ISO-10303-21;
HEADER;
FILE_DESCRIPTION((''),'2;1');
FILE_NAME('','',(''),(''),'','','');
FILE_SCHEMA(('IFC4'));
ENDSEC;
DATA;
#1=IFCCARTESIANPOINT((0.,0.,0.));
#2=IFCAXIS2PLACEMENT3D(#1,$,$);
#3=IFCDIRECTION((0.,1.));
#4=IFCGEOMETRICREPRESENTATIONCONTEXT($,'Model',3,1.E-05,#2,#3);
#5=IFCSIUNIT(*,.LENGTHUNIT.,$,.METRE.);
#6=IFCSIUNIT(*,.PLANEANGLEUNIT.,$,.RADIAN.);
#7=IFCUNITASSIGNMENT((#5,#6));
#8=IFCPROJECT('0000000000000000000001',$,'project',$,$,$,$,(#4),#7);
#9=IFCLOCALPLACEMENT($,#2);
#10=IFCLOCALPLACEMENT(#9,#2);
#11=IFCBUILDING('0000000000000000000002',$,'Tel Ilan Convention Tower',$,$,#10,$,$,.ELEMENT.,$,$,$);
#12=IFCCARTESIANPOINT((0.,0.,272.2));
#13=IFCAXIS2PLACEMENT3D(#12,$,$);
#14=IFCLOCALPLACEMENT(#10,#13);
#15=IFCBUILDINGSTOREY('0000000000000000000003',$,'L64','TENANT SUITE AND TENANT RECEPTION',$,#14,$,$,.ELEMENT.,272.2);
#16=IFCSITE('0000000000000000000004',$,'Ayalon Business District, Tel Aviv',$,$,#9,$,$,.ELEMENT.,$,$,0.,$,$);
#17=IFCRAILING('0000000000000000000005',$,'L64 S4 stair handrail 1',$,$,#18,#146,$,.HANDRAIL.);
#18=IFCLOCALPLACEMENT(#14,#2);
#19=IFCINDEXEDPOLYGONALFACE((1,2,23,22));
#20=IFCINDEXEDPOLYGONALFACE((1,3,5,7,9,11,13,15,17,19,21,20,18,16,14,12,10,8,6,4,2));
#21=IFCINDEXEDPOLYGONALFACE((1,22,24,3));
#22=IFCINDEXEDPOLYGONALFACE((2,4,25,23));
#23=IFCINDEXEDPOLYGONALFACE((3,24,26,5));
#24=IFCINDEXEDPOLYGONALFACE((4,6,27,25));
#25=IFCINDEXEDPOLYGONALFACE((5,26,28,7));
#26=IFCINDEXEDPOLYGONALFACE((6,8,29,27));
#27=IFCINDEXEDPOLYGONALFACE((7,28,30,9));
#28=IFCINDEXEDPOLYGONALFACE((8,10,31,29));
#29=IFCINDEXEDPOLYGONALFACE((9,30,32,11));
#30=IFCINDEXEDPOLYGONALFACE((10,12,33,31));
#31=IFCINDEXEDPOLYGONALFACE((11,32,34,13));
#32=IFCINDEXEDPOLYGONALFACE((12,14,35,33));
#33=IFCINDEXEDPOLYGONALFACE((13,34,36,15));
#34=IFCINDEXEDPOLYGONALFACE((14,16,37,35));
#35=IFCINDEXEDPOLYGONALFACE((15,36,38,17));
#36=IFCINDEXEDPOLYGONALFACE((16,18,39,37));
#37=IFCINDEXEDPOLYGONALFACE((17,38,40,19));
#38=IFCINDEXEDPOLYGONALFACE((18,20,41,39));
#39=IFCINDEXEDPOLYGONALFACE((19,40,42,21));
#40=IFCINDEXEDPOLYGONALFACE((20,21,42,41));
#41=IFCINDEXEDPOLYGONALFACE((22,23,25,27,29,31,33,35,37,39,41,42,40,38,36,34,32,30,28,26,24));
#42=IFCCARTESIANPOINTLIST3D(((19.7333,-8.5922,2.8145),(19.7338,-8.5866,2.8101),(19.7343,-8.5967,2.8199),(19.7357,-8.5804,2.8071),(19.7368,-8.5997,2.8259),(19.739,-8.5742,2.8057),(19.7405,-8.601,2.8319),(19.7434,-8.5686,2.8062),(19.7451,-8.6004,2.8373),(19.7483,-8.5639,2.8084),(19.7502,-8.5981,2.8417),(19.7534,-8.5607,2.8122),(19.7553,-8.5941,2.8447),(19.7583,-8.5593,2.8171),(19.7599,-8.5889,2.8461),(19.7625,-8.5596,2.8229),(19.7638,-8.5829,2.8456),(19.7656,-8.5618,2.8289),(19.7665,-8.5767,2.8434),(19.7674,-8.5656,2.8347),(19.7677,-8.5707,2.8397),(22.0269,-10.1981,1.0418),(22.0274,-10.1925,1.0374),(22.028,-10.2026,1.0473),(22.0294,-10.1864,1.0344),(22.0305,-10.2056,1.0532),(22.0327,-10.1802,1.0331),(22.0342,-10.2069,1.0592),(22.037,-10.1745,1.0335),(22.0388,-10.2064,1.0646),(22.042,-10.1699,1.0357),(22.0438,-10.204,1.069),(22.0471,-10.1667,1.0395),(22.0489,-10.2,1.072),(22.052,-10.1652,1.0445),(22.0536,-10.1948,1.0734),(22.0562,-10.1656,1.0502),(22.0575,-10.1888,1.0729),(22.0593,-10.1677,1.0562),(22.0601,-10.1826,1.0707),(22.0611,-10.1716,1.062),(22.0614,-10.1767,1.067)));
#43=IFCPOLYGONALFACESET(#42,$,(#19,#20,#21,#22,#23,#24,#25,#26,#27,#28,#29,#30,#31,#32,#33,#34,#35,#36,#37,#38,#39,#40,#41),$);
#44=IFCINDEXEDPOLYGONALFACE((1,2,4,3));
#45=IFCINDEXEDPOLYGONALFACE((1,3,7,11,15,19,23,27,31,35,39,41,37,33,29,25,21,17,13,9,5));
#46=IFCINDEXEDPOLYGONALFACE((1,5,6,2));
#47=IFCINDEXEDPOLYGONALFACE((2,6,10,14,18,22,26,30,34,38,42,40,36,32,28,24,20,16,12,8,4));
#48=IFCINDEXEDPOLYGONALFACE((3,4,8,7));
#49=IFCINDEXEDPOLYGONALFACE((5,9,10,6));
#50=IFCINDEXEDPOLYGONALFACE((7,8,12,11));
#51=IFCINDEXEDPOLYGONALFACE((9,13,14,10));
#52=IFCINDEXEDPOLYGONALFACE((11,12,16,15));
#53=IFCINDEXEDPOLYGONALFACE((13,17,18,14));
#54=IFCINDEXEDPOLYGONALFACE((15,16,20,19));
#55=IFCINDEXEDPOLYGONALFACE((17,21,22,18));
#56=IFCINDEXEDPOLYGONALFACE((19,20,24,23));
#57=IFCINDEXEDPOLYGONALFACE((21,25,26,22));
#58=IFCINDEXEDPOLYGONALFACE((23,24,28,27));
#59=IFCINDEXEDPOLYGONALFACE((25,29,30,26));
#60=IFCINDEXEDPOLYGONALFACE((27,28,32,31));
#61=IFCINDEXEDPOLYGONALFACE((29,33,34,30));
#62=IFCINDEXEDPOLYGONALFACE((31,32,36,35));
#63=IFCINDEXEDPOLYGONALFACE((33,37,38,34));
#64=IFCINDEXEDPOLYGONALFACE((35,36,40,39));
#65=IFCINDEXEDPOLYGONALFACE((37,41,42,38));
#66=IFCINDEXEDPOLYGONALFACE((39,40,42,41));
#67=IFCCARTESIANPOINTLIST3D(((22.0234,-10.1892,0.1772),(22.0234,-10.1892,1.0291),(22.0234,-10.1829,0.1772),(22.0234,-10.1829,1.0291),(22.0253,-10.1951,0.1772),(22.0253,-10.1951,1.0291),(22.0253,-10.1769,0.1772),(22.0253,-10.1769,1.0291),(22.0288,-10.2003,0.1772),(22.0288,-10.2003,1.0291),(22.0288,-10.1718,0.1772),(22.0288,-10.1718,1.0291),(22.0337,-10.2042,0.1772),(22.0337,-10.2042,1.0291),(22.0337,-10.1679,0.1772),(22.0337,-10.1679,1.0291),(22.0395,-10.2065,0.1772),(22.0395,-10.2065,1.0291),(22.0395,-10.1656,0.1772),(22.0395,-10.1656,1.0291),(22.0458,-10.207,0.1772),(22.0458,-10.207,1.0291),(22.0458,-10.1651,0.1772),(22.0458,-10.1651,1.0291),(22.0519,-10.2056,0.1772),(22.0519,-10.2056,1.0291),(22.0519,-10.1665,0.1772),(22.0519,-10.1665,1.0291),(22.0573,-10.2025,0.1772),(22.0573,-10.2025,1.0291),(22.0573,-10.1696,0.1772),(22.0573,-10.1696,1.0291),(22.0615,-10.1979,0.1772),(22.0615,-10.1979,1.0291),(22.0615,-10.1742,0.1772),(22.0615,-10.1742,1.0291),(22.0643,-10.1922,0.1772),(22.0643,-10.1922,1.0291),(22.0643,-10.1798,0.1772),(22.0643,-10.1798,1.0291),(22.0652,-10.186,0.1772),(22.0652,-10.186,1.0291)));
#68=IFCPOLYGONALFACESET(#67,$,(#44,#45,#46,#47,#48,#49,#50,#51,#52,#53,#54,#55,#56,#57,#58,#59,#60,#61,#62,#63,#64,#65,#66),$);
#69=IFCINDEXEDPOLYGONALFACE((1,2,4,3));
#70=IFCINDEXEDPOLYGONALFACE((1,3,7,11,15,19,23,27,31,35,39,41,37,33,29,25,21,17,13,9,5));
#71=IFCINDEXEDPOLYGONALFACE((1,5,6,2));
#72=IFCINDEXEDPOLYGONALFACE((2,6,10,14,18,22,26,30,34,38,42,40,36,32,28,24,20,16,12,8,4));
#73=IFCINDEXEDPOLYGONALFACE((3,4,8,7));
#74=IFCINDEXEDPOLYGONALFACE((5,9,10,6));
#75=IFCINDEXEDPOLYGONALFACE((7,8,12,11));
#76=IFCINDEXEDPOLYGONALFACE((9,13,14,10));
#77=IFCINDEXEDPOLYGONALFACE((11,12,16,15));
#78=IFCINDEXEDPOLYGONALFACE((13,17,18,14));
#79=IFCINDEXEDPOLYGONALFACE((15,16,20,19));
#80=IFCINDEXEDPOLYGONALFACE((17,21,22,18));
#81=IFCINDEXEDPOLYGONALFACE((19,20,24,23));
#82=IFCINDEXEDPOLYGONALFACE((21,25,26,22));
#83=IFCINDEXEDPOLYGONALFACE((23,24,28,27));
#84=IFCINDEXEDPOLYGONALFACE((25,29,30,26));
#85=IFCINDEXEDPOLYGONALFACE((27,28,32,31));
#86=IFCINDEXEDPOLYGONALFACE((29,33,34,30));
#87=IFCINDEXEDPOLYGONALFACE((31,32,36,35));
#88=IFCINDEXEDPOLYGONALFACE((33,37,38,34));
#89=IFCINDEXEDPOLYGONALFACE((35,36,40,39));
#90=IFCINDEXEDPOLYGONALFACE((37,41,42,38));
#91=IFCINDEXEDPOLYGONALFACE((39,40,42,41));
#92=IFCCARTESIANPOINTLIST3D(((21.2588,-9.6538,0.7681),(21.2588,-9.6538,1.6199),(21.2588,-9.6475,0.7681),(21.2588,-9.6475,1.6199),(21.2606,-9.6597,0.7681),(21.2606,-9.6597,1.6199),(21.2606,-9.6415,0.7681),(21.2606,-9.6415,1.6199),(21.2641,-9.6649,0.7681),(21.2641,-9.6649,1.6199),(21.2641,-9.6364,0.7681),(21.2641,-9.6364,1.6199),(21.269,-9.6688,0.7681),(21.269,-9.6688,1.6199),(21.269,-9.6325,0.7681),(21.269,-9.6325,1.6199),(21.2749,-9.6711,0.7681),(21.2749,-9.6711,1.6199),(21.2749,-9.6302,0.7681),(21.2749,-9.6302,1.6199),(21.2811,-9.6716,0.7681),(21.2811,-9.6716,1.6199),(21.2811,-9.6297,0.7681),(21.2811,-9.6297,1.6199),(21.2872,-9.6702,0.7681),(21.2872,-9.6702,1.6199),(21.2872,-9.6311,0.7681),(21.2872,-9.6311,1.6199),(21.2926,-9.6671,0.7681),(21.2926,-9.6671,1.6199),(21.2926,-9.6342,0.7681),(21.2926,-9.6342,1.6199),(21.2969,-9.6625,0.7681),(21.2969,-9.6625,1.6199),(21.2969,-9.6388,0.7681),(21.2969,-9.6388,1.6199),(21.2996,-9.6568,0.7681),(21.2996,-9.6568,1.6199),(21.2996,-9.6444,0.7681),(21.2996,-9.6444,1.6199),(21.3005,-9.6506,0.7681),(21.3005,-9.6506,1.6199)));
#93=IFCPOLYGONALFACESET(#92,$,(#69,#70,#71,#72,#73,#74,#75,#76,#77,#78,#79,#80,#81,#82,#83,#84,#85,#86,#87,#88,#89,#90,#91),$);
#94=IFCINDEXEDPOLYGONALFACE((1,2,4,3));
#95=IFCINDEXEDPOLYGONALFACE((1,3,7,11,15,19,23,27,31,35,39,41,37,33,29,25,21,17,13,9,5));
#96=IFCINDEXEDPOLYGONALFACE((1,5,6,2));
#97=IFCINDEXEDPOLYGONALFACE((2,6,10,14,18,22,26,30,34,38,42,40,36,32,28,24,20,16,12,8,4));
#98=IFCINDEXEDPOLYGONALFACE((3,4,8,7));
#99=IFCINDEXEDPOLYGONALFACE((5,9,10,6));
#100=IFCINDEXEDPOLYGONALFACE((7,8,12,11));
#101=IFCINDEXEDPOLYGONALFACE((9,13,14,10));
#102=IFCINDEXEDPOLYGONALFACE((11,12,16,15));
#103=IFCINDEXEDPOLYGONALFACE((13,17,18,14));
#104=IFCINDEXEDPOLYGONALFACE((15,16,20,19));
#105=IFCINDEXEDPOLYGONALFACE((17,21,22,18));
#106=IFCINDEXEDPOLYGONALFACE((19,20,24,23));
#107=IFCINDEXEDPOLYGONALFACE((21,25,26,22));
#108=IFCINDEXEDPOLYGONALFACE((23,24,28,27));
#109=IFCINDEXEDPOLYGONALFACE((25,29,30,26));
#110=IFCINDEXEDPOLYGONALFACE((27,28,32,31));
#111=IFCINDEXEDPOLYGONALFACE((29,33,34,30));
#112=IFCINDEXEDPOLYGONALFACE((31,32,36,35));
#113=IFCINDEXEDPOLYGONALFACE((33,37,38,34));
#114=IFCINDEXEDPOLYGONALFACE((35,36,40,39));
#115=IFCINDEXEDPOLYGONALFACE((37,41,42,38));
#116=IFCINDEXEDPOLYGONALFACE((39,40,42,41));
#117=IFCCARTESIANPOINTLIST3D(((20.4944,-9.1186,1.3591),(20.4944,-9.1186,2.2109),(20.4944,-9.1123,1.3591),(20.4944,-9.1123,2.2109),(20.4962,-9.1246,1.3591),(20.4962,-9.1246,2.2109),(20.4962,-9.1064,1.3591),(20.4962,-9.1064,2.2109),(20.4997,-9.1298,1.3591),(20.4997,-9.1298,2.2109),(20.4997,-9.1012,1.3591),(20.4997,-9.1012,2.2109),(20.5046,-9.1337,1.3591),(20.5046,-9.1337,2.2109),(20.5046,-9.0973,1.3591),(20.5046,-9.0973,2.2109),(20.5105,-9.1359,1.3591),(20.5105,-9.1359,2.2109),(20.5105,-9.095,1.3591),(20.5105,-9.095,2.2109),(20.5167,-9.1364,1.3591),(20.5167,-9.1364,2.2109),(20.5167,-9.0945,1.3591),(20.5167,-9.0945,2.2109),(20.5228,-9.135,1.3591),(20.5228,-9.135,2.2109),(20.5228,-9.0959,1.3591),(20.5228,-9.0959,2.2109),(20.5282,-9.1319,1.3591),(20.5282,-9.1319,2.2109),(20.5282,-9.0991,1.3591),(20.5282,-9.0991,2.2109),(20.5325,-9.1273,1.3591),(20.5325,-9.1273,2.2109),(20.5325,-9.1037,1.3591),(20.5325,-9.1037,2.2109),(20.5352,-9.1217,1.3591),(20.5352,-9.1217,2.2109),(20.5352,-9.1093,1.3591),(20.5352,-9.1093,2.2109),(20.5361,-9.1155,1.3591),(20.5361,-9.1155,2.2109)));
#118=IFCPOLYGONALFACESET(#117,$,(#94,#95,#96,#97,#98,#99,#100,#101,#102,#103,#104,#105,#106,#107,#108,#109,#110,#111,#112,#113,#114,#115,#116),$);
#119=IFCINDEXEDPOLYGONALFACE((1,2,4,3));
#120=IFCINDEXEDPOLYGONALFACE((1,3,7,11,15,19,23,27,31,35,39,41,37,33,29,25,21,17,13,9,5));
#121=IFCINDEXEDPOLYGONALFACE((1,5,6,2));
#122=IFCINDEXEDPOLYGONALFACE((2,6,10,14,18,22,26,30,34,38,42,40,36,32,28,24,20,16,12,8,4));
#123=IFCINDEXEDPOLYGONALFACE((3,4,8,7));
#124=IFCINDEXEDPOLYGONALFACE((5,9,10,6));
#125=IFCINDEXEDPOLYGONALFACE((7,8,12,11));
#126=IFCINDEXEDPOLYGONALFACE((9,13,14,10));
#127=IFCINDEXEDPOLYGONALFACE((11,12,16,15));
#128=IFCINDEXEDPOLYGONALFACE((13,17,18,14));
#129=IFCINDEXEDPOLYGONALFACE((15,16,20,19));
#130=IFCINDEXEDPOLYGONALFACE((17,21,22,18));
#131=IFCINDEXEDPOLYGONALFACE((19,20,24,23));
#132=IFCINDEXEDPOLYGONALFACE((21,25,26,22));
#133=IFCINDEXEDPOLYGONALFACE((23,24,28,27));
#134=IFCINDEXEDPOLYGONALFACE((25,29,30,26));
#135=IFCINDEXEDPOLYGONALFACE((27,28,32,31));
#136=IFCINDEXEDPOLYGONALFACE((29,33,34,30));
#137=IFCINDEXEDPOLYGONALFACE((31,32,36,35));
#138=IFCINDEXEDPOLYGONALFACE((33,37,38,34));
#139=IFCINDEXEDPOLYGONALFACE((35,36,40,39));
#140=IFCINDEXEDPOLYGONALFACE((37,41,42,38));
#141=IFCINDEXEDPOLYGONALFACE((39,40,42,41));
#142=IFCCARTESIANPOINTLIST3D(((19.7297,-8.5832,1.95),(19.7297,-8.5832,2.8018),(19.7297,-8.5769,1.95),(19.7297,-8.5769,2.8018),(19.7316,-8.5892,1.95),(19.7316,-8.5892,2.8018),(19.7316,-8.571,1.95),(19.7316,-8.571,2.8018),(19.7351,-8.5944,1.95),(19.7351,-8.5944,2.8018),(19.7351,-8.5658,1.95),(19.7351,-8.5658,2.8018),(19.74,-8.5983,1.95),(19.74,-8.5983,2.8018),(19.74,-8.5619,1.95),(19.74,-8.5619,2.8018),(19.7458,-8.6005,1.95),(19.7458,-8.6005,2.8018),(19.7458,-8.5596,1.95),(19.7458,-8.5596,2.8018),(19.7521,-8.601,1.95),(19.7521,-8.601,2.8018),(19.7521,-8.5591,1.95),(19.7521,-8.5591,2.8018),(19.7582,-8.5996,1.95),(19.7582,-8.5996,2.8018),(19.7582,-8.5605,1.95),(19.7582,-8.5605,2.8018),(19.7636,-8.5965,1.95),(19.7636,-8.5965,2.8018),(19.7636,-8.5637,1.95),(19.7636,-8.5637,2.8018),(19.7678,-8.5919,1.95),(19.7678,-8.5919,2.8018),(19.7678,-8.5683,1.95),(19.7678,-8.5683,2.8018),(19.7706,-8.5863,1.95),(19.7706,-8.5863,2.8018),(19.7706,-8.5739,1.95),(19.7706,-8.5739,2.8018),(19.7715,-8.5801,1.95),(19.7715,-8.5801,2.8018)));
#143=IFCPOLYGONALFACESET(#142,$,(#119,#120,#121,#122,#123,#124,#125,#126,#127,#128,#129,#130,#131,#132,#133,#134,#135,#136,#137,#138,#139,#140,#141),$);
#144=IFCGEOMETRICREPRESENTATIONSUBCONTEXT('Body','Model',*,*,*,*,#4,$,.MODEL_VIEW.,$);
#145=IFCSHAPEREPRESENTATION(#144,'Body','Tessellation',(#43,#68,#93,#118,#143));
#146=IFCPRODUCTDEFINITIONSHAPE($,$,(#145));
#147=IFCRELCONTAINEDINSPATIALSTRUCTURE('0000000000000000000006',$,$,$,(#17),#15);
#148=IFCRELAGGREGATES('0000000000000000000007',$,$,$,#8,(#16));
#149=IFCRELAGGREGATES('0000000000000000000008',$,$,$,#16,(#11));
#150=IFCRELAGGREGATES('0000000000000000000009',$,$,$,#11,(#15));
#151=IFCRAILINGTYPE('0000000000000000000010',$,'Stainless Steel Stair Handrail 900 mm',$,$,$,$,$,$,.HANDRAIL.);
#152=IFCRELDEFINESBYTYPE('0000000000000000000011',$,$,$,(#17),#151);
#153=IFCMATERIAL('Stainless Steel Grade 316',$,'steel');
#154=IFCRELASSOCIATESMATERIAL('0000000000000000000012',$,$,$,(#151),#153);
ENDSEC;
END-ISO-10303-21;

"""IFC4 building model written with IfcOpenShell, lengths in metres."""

from ifc_helpers import new_model, si_unit, direction, frame, origin, origin_2d, place, context, subcontext, project, spatial, circle, extrude, material, type_object, element, save


model = new_model("IFC4")

# Units and contexts
model_context = context("Model", 3, precision=1e-05, world=origin(), true_north=direction((0.0, 1.0)))
body_context = subcontext(model_context, "Body", "Model", "MODEL_VIEW")
ifc_project = project(units=[si_unit("LENGTHUNIT", "METRE"), si_unit("PLANEANGLEUNIT", "RADIAN")], contexts=[model_context])

# Site, building, storey
site_placement = place(None, origin())
site = spatial("IfcSite", under=ifc_project, at=site_placement, Name="Ayalon Business District, Tel Aviv", CompositionType="ELEMENT", RefElevation=0.0)
building_placement = place(site_placement, origin())
building = spatial("IfcBuilding", under=site, at=building_placement, Name="Tel Ilan Convention Tower", CompositionType="ELEMENT")
storey_placement = place(building_placement, frame((0.0, 0.0, 272.2)))
storey = spatial("IfcBuildingStorey", under=building, at=storey_placement, Name="L64", Description="TENANT SUITE AND TENANT RECEPTION", CompositionType="ELEMENT", Elevation=272.2)

# Railing
ifc_material_1 = material(Name="Stainless Steel Grade 316", Category="steel")
railing_type_1 = type_object("IfcRailingType", Name="Stainless Steel Stair Handrail 900 mm", PredefinedType="HANDRAIL", material=ifc_material_1)
for number, where, name in (
    (1, (22.0442, -10.186, 0.1772), "L64 S4 stair handrail 1"),
):
    element("IfcRailing", number, at=place(storey_placement, frame(where)), inside=storey, type_object=railing_type_1, Name=name, PredefinedType="HANDRAIL", context=body_context, shape_type="SweptSolid", body=[
        extrude(circle(Radius=0.0239, at=origin_2d()), frame((0.0, 0.0, 0.876), z_axis=(-0.692123, 0.484597, 0.534913), x_axis=(-0.57355, -0.81917, 0.0)), (0.0, 0.0, 1.0), 3.314),
        extrude(circle(Radius=0.021, at=origin_2d()), origin(), (0.0, 0.0, 1.0), 0.8518),
        extrude(circle(Radius=0.021, at=origin_2d()), frame((-0.7646, 0.5354, 0.5908)), (0.0, 0.0, 1.0), 0.8518),
        extrude(circle(Radius=0.021, at=origin_2d()), frame((-1.5291, 1.0706, 1.1819)), (0.0, 0.0, 1.0), 0.8518),
        extrude(circle(Radius=0.021, at=origin_2d()), frame((-2.2937, 1.606, 1.7727)), (0.0, 0.0, 1.0), 0.8518),
    ])

save(model, "model.ifc")
